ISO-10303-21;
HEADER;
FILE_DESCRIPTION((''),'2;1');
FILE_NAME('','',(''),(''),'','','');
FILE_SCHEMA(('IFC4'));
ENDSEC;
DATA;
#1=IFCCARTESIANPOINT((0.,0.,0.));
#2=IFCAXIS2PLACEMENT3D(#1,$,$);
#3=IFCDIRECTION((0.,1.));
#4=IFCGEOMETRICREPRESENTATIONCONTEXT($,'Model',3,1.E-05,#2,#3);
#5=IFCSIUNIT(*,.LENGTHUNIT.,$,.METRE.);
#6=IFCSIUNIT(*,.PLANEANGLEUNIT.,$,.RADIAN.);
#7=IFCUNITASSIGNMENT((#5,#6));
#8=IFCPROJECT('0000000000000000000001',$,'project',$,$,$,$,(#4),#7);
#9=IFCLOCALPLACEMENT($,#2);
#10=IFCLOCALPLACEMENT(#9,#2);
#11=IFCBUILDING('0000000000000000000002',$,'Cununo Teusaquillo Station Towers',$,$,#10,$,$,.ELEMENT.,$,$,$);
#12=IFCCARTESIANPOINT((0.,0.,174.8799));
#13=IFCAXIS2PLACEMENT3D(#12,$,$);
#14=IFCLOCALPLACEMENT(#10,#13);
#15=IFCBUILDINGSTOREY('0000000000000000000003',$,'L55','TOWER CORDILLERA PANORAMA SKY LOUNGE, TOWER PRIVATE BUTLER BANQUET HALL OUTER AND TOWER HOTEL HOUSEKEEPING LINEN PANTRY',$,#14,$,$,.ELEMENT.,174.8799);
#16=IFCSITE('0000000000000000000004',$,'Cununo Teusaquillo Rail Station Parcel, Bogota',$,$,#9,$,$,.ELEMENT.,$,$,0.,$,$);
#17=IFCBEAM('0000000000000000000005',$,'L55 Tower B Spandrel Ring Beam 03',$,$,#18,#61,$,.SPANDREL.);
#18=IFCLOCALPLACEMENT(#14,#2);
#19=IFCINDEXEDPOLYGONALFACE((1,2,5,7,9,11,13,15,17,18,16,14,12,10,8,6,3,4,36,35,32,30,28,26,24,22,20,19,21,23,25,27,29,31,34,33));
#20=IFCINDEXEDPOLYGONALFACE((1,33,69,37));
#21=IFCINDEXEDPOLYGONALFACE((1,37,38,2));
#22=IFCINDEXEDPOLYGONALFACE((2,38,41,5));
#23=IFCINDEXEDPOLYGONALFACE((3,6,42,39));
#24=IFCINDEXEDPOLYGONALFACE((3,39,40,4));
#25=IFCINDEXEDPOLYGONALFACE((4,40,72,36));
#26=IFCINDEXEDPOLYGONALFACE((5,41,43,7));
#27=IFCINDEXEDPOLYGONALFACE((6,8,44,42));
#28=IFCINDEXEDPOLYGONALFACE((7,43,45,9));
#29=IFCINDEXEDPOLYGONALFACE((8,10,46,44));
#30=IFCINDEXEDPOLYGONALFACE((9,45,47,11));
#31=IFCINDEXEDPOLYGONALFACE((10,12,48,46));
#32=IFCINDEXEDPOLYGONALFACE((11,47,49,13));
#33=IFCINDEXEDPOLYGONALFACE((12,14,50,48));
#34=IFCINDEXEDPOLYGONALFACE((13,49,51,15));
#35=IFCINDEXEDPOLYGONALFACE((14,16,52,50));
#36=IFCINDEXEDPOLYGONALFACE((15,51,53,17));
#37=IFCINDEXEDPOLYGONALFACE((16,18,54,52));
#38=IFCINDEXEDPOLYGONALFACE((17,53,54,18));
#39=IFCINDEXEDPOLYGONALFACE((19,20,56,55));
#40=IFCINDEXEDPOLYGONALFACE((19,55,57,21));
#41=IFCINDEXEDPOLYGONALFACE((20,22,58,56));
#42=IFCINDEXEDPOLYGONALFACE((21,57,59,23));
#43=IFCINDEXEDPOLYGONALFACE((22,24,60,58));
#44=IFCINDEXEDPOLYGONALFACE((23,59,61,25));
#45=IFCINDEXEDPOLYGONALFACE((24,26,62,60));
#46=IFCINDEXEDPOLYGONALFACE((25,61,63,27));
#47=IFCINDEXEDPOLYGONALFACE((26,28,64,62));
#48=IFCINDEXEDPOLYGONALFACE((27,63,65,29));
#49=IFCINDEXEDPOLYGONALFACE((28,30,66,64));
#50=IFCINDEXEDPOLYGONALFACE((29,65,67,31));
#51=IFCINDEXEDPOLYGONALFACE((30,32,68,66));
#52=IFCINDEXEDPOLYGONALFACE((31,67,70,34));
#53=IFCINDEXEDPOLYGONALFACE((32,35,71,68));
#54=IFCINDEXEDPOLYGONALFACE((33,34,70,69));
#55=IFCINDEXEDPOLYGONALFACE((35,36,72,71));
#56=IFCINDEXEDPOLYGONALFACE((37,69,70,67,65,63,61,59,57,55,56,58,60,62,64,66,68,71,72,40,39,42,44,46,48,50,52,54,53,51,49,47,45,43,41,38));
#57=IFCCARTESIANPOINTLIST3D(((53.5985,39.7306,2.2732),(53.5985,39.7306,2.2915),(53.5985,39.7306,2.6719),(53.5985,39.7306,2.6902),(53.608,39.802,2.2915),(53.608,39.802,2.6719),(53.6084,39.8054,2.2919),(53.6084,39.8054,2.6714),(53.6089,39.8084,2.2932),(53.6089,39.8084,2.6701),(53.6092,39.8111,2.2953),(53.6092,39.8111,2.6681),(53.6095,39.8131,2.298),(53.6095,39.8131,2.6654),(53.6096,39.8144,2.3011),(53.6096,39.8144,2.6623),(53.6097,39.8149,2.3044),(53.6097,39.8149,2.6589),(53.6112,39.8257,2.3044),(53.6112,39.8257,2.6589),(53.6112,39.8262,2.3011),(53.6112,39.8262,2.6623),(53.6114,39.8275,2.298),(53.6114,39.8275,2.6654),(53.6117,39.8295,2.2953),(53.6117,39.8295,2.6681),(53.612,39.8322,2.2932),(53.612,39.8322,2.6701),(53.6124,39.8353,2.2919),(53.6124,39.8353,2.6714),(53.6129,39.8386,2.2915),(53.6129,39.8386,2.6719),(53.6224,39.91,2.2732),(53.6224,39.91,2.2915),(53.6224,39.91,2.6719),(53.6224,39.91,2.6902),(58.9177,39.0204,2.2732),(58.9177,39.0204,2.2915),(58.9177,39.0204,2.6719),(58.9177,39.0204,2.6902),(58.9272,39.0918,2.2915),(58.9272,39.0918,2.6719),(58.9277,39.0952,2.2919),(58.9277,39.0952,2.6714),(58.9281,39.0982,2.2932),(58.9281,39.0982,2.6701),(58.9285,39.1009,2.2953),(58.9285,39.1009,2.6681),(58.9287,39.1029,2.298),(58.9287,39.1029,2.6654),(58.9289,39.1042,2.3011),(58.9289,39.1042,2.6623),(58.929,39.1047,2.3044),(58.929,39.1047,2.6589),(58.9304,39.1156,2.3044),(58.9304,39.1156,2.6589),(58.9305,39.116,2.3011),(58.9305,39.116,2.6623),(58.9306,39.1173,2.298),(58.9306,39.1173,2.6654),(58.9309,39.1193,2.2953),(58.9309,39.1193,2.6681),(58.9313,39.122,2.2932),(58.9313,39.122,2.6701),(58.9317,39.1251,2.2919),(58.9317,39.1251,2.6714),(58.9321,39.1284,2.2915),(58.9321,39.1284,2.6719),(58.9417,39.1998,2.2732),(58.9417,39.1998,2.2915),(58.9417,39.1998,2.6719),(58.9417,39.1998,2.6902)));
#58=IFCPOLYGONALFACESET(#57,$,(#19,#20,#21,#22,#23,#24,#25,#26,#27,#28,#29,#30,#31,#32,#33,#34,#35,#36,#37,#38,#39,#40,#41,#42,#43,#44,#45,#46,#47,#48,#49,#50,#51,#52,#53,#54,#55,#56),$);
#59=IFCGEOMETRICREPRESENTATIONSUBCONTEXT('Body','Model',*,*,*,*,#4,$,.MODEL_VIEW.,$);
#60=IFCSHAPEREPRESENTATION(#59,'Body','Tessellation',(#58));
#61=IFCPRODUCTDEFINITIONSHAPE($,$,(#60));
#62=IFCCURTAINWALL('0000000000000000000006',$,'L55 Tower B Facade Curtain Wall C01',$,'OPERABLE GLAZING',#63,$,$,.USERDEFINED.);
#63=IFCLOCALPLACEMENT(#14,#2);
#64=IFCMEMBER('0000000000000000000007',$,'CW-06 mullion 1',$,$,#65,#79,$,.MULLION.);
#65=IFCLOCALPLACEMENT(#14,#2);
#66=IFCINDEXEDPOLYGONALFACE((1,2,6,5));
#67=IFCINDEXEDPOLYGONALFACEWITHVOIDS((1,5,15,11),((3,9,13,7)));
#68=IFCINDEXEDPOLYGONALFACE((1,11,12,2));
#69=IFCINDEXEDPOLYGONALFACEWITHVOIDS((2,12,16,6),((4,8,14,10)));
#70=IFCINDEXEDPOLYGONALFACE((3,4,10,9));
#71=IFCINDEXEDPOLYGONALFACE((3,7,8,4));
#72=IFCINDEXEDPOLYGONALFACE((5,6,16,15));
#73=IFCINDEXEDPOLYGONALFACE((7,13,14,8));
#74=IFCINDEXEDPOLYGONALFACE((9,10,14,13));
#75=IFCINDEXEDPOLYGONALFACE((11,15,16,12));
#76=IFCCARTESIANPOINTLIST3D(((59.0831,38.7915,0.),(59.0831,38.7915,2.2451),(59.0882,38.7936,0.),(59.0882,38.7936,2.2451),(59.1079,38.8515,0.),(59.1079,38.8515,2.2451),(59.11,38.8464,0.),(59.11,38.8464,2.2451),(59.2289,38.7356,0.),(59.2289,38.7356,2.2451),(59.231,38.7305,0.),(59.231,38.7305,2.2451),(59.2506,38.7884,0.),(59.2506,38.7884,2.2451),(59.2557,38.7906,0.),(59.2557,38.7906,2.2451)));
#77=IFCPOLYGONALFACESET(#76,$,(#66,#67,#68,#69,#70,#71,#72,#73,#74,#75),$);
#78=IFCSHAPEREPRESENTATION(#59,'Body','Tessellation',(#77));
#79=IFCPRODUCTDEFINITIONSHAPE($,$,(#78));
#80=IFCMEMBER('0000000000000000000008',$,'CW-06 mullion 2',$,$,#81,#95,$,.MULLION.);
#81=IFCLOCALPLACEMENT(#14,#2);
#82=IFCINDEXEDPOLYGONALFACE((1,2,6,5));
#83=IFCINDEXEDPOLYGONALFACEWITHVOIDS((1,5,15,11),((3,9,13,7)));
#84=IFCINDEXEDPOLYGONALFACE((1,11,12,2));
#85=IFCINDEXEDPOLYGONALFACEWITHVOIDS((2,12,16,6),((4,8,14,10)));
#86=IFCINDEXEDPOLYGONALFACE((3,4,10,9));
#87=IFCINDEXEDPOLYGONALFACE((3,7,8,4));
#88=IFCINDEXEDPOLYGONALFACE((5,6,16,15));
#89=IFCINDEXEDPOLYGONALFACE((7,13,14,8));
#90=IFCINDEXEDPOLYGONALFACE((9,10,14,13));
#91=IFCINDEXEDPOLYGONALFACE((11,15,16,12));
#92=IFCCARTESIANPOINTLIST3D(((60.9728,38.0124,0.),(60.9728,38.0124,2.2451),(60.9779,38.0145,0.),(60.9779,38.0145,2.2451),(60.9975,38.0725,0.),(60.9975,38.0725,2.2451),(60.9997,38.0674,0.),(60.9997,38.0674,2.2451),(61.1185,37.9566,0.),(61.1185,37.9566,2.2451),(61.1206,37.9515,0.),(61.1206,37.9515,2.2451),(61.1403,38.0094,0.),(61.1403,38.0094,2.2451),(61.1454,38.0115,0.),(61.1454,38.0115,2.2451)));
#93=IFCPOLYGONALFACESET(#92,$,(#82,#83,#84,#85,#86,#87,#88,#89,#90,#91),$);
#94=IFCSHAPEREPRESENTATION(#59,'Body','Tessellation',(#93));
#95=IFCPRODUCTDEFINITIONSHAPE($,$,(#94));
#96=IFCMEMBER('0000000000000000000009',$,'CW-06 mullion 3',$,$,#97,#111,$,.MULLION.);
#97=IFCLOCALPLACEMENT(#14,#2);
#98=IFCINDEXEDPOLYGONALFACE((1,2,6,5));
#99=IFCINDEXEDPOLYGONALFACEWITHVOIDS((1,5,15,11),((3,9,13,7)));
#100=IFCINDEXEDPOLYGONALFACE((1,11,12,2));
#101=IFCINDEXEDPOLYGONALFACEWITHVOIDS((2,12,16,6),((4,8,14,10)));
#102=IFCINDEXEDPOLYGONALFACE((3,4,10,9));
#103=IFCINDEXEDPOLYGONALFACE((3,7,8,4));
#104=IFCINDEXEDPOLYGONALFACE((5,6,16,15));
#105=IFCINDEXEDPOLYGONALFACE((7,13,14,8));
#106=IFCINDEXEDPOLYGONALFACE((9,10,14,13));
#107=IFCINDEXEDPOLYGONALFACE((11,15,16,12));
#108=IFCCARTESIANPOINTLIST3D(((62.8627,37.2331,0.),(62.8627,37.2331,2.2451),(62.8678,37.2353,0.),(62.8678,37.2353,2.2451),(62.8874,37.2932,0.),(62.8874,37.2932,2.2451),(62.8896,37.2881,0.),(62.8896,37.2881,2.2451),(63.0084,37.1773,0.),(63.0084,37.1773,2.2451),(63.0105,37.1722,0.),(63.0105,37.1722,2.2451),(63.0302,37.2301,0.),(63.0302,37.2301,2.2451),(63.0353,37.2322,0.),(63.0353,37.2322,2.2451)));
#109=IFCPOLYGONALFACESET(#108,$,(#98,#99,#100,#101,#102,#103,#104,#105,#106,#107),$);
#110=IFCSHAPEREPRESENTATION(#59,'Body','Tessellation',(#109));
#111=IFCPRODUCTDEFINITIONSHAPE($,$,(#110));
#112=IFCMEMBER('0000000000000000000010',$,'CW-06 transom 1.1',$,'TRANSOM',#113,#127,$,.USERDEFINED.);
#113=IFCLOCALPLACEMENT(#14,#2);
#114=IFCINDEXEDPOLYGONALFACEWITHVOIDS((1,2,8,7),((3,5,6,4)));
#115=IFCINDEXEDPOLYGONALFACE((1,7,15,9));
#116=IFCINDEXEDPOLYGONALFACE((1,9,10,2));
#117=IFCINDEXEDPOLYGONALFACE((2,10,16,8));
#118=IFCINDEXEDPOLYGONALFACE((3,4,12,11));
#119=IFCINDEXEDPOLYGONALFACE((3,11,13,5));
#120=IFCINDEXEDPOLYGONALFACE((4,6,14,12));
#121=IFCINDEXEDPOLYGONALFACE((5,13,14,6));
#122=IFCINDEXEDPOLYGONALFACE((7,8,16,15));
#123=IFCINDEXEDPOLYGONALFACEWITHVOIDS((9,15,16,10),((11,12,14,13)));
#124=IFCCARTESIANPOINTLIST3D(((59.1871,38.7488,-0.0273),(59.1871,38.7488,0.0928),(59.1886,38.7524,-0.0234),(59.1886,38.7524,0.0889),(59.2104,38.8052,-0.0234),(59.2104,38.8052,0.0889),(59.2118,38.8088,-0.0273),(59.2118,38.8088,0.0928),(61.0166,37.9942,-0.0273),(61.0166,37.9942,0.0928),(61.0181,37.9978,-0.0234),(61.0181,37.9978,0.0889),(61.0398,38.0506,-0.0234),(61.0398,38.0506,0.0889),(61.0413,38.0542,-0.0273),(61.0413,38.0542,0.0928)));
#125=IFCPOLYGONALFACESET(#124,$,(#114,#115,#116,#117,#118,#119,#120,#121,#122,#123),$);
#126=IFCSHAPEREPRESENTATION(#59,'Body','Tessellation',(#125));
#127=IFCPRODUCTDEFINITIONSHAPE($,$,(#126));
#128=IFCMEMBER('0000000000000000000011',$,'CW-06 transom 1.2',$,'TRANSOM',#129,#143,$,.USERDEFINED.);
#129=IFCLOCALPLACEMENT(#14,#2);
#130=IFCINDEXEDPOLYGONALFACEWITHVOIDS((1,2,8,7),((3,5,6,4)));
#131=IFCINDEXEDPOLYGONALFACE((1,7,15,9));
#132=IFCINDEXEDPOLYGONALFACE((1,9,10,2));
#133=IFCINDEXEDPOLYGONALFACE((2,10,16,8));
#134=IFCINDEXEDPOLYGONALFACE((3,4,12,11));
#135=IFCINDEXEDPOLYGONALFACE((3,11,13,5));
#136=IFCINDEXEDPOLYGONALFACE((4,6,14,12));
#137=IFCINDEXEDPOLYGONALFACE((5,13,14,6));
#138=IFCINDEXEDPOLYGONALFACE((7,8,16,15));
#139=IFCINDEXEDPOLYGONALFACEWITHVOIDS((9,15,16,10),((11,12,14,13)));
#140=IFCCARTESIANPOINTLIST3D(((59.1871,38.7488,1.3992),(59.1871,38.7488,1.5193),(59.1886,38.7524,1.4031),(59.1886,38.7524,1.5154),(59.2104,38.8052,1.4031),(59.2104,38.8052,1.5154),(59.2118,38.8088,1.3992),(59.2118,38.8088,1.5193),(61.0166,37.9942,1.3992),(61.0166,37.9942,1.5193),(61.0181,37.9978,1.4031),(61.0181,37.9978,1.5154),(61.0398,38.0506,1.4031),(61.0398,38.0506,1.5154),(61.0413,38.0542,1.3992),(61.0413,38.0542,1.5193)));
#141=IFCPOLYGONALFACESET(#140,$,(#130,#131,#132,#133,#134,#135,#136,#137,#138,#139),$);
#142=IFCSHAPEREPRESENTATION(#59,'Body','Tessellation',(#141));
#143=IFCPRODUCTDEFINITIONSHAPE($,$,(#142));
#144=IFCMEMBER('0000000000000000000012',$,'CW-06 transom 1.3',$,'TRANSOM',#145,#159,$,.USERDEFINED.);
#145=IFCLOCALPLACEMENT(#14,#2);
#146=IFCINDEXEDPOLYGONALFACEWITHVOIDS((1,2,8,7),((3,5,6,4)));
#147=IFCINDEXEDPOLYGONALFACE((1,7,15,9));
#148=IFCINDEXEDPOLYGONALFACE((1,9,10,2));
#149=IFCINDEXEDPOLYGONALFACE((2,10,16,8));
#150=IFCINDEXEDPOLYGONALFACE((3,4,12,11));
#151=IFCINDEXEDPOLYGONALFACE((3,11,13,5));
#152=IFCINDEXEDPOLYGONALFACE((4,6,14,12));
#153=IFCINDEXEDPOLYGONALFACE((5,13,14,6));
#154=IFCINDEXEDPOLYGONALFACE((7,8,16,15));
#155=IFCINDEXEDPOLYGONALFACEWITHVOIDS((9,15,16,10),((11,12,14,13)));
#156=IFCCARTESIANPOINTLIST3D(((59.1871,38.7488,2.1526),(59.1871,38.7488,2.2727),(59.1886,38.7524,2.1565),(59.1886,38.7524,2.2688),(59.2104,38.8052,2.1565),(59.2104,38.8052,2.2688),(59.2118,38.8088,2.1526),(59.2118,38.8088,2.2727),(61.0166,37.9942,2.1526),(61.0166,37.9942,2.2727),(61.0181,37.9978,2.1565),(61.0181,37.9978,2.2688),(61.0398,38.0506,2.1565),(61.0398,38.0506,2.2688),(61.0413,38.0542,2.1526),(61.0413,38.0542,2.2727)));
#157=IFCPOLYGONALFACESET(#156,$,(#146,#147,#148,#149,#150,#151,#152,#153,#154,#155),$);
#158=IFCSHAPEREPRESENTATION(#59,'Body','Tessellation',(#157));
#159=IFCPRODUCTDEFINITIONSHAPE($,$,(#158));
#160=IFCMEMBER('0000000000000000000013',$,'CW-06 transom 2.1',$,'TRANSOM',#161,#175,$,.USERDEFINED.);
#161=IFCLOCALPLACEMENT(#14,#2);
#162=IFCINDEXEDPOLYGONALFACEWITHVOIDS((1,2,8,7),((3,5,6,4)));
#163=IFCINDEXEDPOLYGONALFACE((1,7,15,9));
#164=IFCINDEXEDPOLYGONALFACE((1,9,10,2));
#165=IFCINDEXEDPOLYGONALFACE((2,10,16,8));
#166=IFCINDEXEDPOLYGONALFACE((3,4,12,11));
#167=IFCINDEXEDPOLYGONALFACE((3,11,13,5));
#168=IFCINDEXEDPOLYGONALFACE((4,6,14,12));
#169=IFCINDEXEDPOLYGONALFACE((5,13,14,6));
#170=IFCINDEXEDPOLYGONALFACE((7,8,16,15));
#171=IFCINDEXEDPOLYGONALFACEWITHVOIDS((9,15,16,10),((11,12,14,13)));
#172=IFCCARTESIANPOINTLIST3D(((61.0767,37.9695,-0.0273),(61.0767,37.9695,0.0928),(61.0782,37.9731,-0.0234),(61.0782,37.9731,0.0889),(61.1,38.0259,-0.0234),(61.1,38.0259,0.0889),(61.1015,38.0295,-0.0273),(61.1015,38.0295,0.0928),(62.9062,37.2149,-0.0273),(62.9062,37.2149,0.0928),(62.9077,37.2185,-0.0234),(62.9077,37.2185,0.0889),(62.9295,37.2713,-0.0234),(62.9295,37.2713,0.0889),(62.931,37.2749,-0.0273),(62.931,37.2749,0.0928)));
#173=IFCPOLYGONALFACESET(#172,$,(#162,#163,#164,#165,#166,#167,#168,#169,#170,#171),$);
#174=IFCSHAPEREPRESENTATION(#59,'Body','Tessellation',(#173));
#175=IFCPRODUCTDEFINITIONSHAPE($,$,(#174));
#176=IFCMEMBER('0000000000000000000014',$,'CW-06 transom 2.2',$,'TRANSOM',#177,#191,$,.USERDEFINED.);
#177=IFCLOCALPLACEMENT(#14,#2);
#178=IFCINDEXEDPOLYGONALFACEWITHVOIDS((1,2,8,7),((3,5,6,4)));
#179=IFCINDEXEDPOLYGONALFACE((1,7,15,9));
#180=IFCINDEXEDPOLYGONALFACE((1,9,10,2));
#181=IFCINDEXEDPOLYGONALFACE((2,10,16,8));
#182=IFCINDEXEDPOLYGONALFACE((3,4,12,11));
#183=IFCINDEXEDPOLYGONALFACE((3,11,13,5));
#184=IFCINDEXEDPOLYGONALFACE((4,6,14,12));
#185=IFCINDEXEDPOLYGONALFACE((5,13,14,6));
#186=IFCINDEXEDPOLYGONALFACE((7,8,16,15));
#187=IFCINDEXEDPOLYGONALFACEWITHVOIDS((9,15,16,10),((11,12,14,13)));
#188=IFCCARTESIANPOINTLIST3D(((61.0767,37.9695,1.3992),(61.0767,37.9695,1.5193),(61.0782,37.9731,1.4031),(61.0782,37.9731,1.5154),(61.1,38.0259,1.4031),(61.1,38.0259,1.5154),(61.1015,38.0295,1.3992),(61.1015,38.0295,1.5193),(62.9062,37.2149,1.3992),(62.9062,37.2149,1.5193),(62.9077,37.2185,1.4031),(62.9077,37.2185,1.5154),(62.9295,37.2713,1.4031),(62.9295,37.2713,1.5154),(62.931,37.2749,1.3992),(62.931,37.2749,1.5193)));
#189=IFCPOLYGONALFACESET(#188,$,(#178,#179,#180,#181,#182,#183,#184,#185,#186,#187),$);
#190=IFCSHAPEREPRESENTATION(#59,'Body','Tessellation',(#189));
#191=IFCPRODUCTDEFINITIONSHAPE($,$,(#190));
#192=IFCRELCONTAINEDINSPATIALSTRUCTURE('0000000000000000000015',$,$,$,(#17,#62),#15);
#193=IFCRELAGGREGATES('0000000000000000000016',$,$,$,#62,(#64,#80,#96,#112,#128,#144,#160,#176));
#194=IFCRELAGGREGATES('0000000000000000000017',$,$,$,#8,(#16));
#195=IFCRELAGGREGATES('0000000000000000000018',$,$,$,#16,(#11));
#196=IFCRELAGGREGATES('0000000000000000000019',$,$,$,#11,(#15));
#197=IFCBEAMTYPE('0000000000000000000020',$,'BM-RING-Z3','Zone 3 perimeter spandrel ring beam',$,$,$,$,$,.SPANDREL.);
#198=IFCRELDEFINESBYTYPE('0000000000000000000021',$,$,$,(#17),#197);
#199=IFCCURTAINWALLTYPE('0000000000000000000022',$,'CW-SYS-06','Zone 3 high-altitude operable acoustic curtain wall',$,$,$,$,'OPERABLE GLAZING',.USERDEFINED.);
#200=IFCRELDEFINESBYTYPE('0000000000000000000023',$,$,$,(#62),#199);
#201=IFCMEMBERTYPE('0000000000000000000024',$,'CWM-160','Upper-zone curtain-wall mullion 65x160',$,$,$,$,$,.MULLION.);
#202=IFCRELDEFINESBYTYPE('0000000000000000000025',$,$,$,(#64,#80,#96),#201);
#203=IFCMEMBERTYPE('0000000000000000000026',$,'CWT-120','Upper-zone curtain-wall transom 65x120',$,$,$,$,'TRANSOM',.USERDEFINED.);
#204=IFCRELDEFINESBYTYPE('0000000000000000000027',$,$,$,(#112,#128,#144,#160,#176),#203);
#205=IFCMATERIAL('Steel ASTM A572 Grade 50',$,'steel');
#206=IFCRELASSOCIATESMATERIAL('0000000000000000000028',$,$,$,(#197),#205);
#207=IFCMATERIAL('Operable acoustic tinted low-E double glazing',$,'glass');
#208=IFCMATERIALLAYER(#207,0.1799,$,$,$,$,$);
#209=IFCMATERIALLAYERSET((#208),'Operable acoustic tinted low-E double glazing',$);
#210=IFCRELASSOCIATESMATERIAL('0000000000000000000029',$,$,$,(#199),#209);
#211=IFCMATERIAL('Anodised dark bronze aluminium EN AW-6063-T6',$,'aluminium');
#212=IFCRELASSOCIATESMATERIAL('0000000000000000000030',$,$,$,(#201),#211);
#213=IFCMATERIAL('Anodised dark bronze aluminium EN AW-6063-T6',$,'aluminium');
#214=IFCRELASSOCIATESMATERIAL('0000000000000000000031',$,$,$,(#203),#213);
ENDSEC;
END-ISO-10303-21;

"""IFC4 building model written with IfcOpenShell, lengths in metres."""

from ifc_helpers import new_model, si_unit, direction, frame, origin, origin_2d, place, context, subcontext, project, spatial, hollow_rectangle, i_section, extrude, material, layer, layer_set, material_profile, profile_set, type_object, element, aggregate, save


model = new_model("IFC4")

# Units and contexts
model_context = context("Model", 3, precision=1e-05, world=origin(), true_north=direction((0.0, 1.0)))
body_context = subcontext(model_context, "Body", "Model", "MODEL_VIEW")
ifc_project = project(units=[si_unit("LENGTHUNIT", "METRE"), si_unit("PLANEANGLEUNIT", "RADIAN")], contexts=[model_context])

# Site, building, storey
site_placement = place(None, origin())
site = spatial("IfcSite", under=ifc_project, at=site_placement, Name="Cununo Teusaquillo Rail Station Parcel, Bogota", CompositionType="ELEMENT", RefElevation=0.0)
building_placement = place(site_placement, origin())
building = spatial("IfcBuilding", under=site, at=building_placement, Name="Cununo Teusaquillo Station Towers", CompositionType="ELEMENT")
storey_placement = place(building_placement, frame((0.0, 0.0, 174.8799)))
storey = spatial("IfcBuildingStorey", under=building, at=storey_placement, Name="L55", Description="TOWER CORDILLERA PANORAMA SKY LOUNGE, TOWER PRIVATE BUTLER BANQUET HALL OUTER AND TOWER HOTEL HOUSEKEEPING LINEN PANTRY", CompositionType="ELEMENT", Elevation=174.8799)

# Beam
ifc_material_1 = material(Name="Steel ASTM A572 Grade 50", Category="steel")
ifc_material_profile_1 = material_profile(ifc_material_1, i_section(OverallWidth=0.1809, OverallDepth=0.417, WebThickness=0.011, FlangeThickness=0.0183, FilletRadius=0.0129, at=origin_2d()), Name="W16X57")
ifc_profile_set_1 = profile_set([ifc_material_profile_1], Name="Steel ASTM A572 Grade 50")
beam_type_1 = type_object("IfcBeamType", Name="BM-RING-Z3", Description="Zone 3 perimeter spandrel ring beam", PredefinedType="SPANDREL", material=ifc_profile_set_1)
beam_1_placement = place(storey_placement, frame((58.9297, 39.1101, 2.4817), z_axis=(-0.991204, 0.13234, 0.0), x_axis=(-0.13234, -0.991204, 0.0)))
element("IfcBeam", 1, at=beam_1_placement, inside=storey, type_object=beam_type_1, Name="L55 Tower B Spandrel Ring Beam 03", PredefinedType="SPANDREL", context=body_context, shape_type="SweptSolid", body=[
    extrude(i_section(OverallWidth=0.1809, OverallDepth=0.417, WebThickness=0.011, FlangeThickness=0.0183, FilletRadius=0.0129, at=origin_2d()), origin(), (0.0, 0.0, 1.0), 5.3665),
])

# Curtain wall, members
ifc_material_2 = material(Name="Operable acoustic tinted low-E double glazing", Category="glass")
ifc_layer_1 = layer(ifc_material_2, 0.1799)
ifc_layer_set_1 = layer_set([ifc_layer_1], Name="Operable acoustic tinted low-E double glazing")
curtain_wall_type = type_object("IfcCurtainWallType", Name="CW-SYS-06", Description="Zone 3 high-altitude operable acoustic curtain wall", ElementType="OPERABLE GLAZING", PredefinedType="USERDEFINED", material=ifc_layer_set_1)
curtain_wall_placement = place(storey_placement, origin())
curtain_wall = element("IfcCurtainWall", 2, at=curtain_wall_placement, inside=storey, type_object=curtain_wall_type, Name="L55 Tower B Facade Curtain Wall C01", ObjectType="OPERABLE GLAZING", PredefinedType="USERDEFINED")
ifc_material_3 = material(Name="Anodised dark bronze aluminium EN AW-6063-T6", Category="aluminium")
ifc_material_profile_2 = material_profile(ifc_material_3, hollow_rectangle(XDim=0.0649, YDim=0.1599, WallThickness=0.0039, at=origin_2d()), Name="CW-MULL-65x160")
ifc_profile_set_2 = profile_set([ifc_material_profile_2], Name="Anodised dark bronze aluminium EN AW-6063-T6")
member_type_1 = type_object("IfcMemberType", Name="CWM-160", Description="Upper-zone curtain-wall mullion 65x160", PredefinedType="MULLION", material=ifc_profile_set_2)
member_1_placement = place(storey_placement, frame((59.1694, 38.791, 0.0), z_axis=(0.0, 0.0, 1.0), x_axis=(0.381229, 0.924481, 0.0)))
member_1 = element("IfcMember", 3, at=member_1_placement, type_object=member_type_1, Name="CW-06 mullion 1", PredefinedType="MULLION", context=body_context, shape_type="SweptSolid", body=[
    extrude(hollow_rectangle(XDim=0.0649, YDim=0.1599, WallThickness=0.0039, at=origin_2d()), origin(), (0.0, 0.0, 1.0), 2.2451),
])
member_2_placement = place(storey_placement, frame((61.0591, 38.012, 0.0), z_axis=(0.0, 0.0, 1.0), x_axis=(0.381229, 0.924481, 0.0)))
member_2 = element("IfcMember", 4, at=member_2_placement, type_object=member_type_1, Name="CW-06 mullion 2", PredefinedType="MULLION", context=body_context, shape_type="SweptSolid", body=[
    extrude(hollow_rectangle(XDim=0.0649, YDim=0.1599, WallThickness=0.0039, at=origin_2d()), origin(), (0.0, 0.0, 1.0), 2.2451),
])
member_3_placement = place(storey_placement, frame((62.949, 37.2327, 0.0), z_axis=(0.0, 0.0, 1.0), x_axis=(0.381229, 0.924481, 0.0)))
member_3 = element("IfcMember", 5, at=member_3_placement, type_object=member_type_1, Name="CW-06 mullion 3", PredefinedType="MULLION", context=body_context, shape_type="SweptSolid", body=[
    extrude(hollow_rectangle(XDim=0.0649, YDim=0.1599, WallThickness=0.0039, at=origin_2d()), origin(), (0.0, 0.0, 1.0), 2.2451),
])
ifc_material_4 = material(Name="Anodised dark bronze aluminium EN AW-6063-T6", Category="aluminium")
ifc_material_profile_3 = material_profile(ifc_material_4, hollow_rectangle(XDim=0.0649, YDim=0.1201, WallThickness=0.0039, at=origin_2d()), Name="CW-TRAN-65x120")
ifc_profile_set_3 = profile_set([ifc_material_profile_3], Name="Anodised dark bronze aluminium EN AW-6063-T6")
member_type_2 = type_object("IfcMemberType", Name="CWT-120", Description="Upper-zone curtain-wall transom 65x120", ElementType="TRANSOM", PredefinedType="USERDEFINED", material=ifc_profile_set_3)
member_4_placement = place(storey_placement, frame((59.1995, 38.7788, 0.0327), z_axis=(0.924451, -0.381302, 0.0), x_axis=(0.381302, 0.924451, 0.0)))
member_4 = element("IfcMember", 6, at=member_4_placement, type_object=member_type_2, Name="CW-06 transom 1.1", ObjectType="TRANSOM", PredefinedType="USERDEFINED", context=body_context, shape_type="SweptSolid", body=[
    extrude(hollow_rectangle(XDim=0.0649, YDim=0.1201, WallThickness=0.0039, at=origin_2d()), origin(), (0.0, 0.0, 1.0), 1.979),
])
member_5_placement = place(storey_placement, frame((59.1995, 38.7788, 1.4592), z_axis=(0.924451, -0.381302, 0.0), x_axis=(0.381302, 0.924451, 0.0)))
member_5 = element("IfcMember", 7, at=member_5_placement, type_object=member_type_2, Name="CW-06 transom 1.2", ObjectType="TRANSOM", PredefinedType="USERDEFINED", context=body_context, shape_type="SweptSolid", body=[
    extrude(hollow_rectangle(XDim=0.0649, YDim=0.1201, WallThickness=0.0039, at=origin_2d()), origin(), (0.0, 0.0, 1.0), 1.979),
])
member_6_placement = place(storey_placement, frame((59.1995, 38.7788, 2.2126), z_axis=(0.924451, -0.381302, 0.0), x_axis=(0.381302, 0.924451, 0.0)))
member_6 = element("IfcMember", 8, at=member_6_placement, type_object=member_type_2, Name="CW-06 transom 1.3", ObjectType="TRANSOM", PredefinedType="USERDEFINED", context=body_context, shape_type="SweptSolid", body=[
    extrude(hollow_rectangle(XDim=0.0649, YDim=0.1201, WallThickness=0.0039, at=origin_2d()), origin(), (0.0, 0.0, 1.0), 1.979),
])
member_7_placement = place(storey_placement, frame((61.0891, 37.9995, 0.0327), z_axis=(0.924451, -0.381302, 0.0), x_axis=(0.381302, 0.924451, 0.0)))
member_7 = element("IfcMember", 9, at=member_7_placement, type_object=member_type_2, Name="CW-06 transom 2.1", ObjectType="TRANSOM", PredefinedType="USERDEFINED", context=body_context, shape_type="SweptSolid", body=[
    extrude(hollow_rectangle(XDim=0.0649, YDim=0.1201, WallThickness=0.0039, at=origin_2d()), origin(), (0.0, 0.0, 1.0), 1.979),
])
member_8_placement = place(storey_placement, frame((61.0891, 37.9995, 1.4592), z_axis=(0.924451, -0.381302, 0.0), x_axis=(0.381302, 0.924451, 0.0)))
member_8 = element("IfcMember", 10, at=member_8_placement, type_object=member_type_2, Name="CW-06 transom 2.2", ObjectType="TRANSOM", PredefinedType="USERDEFINED", context=body_context, shape_type="SweptSolid", body=[
    extrude(hollow_rectangle(XDim=0.0649, YDim=0.1201, WallThickness=0.0039, at=origin_2d()), origin(), (0.0, 0.0, 1.0), 1.979),
])

aggregate(curtain_wall, [member_1, member_2, member_3, member_4, member_5, member_6, member_7, member_8])

save(model, "model.ifc")
